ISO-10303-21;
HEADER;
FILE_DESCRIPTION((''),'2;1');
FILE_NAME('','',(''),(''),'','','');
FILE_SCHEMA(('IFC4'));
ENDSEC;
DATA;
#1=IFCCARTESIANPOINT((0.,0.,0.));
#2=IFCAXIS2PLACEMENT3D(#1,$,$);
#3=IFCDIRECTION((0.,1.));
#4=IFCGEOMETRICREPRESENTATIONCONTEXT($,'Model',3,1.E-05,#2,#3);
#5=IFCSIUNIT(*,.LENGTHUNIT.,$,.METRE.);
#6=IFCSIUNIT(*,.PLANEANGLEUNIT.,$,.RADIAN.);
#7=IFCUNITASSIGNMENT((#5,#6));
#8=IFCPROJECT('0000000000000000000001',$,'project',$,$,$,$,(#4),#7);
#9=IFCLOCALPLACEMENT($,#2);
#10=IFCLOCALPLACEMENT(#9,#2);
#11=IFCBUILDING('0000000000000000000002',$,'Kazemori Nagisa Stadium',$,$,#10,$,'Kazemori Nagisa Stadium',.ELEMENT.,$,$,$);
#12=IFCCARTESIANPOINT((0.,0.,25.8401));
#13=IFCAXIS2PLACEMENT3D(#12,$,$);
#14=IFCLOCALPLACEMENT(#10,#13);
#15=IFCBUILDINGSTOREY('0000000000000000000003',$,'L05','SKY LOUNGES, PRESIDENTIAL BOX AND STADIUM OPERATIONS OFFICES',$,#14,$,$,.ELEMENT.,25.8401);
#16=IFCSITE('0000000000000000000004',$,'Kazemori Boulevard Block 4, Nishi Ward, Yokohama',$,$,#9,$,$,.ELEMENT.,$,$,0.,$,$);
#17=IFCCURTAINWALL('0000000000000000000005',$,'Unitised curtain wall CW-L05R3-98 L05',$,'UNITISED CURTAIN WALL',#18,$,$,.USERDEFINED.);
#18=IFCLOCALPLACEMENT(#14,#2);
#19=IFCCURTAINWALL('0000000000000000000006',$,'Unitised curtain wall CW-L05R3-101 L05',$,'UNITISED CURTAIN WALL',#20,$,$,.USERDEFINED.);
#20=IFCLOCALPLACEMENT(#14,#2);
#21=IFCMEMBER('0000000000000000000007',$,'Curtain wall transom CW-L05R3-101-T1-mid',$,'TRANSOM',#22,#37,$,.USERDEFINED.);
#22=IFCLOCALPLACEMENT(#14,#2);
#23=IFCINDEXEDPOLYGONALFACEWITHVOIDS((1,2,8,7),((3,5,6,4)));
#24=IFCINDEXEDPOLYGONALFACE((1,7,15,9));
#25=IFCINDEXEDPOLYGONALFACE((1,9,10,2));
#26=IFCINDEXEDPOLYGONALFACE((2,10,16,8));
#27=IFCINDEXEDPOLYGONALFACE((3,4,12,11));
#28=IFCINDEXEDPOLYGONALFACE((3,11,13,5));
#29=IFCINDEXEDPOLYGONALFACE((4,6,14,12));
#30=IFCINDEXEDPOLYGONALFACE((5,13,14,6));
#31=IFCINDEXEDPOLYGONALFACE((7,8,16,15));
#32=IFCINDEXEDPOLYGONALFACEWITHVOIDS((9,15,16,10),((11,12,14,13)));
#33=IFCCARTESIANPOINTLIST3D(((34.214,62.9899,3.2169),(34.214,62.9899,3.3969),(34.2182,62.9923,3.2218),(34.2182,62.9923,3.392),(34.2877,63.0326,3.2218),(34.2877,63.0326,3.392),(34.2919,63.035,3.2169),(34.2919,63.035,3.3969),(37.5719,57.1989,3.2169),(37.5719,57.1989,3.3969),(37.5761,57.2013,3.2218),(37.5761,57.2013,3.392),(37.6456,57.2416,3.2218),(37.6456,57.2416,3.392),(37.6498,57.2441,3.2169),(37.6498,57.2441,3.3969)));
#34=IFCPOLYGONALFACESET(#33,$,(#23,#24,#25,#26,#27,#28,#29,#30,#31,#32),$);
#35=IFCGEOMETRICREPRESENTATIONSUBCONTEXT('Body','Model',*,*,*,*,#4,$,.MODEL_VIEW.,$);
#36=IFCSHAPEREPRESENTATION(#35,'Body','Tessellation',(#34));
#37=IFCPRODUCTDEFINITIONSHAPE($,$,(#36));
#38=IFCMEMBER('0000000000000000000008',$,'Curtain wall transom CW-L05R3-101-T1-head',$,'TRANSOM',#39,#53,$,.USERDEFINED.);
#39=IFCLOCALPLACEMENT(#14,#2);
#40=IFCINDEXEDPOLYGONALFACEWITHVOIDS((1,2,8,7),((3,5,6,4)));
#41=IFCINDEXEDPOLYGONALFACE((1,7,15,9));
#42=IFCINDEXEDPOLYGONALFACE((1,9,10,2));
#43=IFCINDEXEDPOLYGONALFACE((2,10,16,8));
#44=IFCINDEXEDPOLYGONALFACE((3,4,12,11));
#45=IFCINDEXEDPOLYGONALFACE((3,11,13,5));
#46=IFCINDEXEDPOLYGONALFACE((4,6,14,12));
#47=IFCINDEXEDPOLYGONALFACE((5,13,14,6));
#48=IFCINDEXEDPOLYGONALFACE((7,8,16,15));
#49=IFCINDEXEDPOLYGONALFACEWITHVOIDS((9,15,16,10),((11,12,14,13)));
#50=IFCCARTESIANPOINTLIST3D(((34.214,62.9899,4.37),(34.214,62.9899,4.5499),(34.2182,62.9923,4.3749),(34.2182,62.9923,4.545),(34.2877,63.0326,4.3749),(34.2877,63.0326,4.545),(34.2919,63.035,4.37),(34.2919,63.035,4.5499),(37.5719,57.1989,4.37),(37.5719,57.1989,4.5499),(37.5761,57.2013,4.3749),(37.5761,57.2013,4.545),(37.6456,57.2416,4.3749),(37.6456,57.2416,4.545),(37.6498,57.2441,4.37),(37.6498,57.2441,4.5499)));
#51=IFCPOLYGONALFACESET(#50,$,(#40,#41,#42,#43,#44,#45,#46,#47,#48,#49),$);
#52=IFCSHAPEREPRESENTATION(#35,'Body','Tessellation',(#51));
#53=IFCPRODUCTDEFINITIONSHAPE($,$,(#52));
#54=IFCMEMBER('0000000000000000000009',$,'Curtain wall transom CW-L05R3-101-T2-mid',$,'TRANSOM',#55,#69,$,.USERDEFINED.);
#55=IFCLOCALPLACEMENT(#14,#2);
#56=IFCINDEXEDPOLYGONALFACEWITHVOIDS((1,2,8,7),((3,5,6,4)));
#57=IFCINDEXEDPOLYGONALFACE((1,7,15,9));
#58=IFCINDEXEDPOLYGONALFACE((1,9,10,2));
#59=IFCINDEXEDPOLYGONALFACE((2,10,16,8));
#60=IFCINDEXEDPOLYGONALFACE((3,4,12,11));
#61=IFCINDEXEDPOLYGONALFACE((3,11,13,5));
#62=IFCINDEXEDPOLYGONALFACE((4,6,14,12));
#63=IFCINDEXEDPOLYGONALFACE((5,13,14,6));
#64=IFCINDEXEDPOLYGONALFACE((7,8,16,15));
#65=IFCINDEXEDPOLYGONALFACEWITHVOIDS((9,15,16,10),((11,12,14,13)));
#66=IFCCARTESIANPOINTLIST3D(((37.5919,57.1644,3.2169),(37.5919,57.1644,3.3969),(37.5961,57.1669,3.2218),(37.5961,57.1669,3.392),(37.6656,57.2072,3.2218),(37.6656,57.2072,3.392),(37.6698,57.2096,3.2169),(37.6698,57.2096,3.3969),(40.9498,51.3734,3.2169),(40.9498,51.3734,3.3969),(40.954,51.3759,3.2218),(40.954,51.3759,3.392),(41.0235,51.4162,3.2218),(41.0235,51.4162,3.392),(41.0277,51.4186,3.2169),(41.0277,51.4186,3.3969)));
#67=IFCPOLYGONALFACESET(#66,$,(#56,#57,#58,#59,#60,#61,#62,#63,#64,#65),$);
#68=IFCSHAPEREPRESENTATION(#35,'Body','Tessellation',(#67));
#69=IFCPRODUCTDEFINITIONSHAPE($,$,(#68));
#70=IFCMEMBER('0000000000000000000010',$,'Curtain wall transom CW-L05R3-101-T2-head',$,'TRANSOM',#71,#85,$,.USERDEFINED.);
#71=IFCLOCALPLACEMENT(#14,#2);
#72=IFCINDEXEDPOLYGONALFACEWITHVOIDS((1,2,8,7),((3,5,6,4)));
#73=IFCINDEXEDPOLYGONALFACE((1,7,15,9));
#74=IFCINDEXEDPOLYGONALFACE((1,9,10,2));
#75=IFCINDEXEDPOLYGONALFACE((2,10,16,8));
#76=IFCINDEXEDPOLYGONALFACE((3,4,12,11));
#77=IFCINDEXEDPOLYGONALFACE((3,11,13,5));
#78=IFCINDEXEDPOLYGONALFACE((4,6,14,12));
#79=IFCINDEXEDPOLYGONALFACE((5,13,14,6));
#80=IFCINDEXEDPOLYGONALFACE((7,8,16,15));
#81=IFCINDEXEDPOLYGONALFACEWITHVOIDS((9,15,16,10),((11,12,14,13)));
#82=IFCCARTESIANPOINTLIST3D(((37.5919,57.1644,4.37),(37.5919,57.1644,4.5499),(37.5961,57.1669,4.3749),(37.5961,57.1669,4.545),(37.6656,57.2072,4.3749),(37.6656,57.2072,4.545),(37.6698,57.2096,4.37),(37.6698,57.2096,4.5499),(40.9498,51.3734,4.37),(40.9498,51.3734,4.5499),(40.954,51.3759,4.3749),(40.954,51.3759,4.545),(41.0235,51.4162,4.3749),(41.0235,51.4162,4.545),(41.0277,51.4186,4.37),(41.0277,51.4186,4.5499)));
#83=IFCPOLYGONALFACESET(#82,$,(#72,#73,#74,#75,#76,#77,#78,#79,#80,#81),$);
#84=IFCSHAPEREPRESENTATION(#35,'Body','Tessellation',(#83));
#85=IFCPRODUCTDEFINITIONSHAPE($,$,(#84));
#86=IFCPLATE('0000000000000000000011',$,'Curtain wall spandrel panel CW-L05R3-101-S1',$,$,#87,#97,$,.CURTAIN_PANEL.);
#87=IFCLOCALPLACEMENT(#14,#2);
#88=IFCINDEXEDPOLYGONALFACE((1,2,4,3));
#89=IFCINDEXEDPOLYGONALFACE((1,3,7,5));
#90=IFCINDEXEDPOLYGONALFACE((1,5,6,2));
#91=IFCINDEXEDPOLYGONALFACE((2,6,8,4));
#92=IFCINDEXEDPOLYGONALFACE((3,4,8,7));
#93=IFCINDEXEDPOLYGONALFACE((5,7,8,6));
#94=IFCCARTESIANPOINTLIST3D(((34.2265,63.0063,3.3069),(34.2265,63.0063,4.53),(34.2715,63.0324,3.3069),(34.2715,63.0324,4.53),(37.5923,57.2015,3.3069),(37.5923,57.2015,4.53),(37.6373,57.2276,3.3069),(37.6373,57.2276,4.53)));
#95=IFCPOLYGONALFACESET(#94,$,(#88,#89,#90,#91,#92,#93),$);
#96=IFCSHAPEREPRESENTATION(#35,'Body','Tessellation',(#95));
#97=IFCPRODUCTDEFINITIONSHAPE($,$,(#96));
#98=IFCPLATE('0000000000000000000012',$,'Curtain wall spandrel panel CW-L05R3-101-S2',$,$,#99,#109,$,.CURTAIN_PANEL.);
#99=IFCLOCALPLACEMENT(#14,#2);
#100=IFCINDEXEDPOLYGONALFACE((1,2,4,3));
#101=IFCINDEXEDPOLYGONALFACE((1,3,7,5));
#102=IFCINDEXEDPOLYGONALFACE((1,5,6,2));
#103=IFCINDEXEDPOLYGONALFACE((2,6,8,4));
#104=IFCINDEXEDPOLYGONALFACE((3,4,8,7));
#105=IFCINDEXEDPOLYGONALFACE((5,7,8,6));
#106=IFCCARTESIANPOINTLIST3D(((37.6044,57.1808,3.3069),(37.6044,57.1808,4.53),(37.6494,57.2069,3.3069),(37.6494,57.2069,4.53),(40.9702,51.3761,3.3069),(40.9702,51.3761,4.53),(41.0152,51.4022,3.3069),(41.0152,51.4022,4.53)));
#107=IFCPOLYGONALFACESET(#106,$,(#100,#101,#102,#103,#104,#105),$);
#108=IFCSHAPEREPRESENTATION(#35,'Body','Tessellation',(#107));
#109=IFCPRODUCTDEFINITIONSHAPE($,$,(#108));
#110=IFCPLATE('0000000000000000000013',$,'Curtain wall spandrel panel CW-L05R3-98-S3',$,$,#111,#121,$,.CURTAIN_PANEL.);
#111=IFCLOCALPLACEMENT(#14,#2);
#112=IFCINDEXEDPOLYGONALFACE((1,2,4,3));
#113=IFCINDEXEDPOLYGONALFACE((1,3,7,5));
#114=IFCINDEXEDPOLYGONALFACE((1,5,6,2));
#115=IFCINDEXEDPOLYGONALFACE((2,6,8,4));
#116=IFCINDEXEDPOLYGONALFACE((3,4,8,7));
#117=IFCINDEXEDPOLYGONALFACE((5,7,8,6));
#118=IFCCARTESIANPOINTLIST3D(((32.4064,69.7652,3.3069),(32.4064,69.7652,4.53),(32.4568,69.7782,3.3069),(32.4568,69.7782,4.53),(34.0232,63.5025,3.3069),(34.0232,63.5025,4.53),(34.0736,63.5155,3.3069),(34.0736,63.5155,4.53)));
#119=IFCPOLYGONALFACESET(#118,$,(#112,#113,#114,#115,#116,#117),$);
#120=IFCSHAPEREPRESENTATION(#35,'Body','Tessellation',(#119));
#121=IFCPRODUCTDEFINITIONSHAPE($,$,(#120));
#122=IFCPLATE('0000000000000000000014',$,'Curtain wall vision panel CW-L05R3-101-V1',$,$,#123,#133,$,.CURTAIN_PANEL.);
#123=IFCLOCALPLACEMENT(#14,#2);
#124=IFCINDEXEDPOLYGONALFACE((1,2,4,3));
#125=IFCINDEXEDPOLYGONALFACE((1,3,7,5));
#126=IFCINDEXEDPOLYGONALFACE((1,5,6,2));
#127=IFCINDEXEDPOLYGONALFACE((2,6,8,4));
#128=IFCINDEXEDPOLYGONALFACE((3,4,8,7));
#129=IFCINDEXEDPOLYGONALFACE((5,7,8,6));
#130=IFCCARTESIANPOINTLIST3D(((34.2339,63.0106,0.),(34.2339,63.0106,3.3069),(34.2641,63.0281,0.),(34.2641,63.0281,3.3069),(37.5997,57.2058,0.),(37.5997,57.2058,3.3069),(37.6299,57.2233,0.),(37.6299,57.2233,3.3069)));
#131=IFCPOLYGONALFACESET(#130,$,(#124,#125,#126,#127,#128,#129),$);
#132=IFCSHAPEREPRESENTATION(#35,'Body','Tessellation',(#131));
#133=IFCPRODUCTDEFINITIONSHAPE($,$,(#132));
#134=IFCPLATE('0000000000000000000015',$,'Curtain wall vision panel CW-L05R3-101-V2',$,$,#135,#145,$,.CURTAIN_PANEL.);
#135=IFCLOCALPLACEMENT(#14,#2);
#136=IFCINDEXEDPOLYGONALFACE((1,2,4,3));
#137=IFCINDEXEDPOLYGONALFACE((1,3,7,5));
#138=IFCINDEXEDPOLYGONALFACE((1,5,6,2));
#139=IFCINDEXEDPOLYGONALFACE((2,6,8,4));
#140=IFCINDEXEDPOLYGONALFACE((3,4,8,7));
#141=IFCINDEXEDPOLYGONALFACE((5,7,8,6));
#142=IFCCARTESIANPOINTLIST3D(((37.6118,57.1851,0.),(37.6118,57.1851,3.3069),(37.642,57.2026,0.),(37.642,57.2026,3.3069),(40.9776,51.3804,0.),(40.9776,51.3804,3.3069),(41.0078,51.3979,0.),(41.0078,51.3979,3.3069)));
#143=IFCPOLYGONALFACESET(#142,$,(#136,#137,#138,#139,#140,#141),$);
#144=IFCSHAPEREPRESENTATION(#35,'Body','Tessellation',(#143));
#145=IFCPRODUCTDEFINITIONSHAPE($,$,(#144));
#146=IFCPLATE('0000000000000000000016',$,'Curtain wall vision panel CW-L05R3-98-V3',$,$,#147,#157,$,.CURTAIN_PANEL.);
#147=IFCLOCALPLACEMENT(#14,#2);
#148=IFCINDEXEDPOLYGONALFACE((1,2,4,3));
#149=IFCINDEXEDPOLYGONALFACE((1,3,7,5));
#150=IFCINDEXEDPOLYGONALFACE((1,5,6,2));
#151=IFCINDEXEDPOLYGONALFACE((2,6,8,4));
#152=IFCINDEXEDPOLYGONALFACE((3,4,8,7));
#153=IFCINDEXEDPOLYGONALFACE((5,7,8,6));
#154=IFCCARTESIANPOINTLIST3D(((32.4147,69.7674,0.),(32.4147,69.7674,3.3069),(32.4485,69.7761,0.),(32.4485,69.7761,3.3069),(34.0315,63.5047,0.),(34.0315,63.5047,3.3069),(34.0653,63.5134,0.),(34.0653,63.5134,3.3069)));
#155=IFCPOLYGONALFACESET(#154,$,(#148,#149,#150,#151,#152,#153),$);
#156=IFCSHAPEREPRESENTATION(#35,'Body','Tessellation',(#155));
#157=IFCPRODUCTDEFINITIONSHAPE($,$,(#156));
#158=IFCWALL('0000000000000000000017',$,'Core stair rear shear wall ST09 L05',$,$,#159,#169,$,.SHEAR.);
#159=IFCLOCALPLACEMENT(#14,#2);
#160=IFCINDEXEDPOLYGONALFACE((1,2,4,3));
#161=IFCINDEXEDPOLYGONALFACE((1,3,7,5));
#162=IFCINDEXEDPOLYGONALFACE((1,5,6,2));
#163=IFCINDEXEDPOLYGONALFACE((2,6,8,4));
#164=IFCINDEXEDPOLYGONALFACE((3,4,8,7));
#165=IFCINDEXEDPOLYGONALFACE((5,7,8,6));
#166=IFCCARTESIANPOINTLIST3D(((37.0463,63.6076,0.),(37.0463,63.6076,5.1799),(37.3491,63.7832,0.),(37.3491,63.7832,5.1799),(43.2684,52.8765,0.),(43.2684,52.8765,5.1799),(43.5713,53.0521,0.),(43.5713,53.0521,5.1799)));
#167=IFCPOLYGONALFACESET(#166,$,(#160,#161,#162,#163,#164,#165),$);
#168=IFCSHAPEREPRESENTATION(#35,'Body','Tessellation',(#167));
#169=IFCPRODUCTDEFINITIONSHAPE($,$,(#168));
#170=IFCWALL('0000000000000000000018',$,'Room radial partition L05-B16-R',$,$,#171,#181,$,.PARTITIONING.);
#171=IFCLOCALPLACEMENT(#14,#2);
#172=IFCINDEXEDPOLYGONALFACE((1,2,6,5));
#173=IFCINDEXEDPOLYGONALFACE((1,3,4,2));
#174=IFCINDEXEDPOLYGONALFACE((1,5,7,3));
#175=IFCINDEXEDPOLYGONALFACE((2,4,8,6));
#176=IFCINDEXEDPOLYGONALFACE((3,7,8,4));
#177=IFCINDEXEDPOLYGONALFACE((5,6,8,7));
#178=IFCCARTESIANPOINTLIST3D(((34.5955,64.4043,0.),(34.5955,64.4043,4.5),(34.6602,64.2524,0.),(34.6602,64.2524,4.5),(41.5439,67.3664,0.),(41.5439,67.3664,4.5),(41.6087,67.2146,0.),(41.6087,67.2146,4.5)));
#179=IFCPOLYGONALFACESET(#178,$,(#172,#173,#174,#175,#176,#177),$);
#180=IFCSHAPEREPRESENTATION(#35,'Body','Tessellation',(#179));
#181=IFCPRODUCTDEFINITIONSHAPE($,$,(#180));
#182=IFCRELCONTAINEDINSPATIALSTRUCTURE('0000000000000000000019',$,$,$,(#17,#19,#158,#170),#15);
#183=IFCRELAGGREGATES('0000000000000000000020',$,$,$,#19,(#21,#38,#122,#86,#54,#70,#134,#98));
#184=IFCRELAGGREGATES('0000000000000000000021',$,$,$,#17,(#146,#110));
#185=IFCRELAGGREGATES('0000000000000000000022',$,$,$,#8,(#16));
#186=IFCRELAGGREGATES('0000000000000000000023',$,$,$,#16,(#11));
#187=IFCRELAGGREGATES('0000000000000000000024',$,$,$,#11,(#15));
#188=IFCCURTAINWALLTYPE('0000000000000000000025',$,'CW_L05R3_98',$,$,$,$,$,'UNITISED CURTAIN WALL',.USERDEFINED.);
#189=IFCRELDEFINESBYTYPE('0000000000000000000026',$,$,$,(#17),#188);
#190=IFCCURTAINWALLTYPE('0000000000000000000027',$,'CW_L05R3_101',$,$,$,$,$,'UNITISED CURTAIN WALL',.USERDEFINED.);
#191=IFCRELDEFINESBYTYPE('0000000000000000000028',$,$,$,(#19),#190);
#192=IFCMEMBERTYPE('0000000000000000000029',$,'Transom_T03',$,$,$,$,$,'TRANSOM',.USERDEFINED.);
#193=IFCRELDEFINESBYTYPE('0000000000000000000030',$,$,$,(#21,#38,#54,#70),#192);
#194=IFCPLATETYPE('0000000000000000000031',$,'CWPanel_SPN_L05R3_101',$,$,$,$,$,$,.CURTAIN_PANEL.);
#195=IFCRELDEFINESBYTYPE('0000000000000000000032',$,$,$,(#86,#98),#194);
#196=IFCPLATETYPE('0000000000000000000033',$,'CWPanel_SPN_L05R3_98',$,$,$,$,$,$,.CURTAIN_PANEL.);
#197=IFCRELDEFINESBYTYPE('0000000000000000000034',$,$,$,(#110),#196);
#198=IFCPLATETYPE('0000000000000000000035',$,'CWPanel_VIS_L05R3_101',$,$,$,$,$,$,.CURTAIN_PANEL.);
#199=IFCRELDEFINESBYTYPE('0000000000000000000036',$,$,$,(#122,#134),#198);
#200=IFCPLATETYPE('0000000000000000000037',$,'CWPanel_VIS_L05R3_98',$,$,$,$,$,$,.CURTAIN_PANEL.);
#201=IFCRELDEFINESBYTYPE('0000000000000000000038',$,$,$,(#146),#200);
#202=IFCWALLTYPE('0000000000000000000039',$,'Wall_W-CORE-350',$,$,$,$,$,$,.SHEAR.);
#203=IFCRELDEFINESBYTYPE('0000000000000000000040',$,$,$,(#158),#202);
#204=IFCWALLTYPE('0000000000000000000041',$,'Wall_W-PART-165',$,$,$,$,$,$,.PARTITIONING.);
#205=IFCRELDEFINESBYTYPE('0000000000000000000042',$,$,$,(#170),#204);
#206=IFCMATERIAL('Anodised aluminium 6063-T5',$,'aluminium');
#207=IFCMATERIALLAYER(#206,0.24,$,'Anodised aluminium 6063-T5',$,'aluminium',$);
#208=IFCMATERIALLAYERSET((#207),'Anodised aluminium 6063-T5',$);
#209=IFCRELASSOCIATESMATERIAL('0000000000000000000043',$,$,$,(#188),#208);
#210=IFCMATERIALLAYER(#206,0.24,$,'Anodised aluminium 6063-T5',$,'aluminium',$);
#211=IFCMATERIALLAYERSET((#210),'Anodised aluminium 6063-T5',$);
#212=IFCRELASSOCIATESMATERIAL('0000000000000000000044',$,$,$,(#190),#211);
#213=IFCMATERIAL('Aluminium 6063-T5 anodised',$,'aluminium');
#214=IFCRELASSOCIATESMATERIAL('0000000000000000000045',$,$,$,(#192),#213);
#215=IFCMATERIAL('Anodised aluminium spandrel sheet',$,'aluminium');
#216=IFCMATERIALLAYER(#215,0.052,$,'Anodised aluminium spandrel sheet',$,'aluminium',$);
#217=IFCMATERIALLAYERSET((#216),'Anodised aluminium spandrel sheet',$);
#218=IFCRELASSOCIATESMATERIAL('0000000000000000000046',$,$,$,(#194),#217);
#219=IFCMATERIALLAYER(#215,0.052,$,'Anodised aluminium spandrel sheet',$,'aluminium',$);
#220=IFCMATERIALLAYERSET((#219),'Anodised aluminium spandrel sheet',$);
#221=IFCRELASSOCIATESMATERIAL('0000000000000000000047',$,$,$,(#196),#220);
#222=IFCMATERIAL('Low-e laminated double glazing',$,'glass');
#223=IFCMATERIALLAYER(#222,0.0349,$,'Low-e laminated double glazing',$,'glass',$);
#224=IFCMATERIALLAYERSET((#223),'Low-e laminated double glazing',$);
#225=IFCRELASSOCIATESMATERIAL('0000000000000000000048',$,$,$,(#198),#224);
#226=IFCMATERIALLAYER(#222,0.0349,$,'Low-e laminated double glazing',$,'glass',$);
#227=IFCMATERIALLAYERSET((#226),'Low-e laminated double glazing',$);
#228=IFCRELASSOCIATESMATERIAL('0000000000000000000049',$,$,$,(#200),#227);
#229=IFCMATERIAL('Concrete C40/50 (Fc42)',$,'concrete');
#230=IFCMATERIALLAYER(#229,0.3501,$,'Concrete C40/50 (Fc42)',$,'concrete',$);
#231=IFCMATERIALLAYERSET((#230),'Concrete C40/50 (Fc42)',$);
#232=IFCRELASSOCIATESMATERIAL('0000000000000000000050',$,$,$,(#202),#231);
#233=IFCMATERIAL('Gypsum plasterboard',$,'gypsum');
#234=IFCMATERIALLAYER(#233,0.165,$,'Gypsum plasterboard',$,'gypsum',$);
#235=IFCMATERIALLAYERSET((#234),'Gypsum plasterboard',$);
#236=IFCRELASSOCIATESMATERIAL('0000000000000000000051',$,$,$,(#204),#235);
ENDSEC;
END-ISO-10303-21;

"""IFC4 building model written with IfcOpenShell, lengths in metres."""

from ifc_helpers import new_model, si_unit, direction, frame, frame_2d, origin, origin_2d, place, context, subcontext, project, spatial, rectangle, hollow_rectangle, extrude, material, layer, layer_set, material_profile, profile_set, type_object, element, aggregate, save


model = new_model("IFC4")

# Units and contexts
model_context = context("Model", 3, precision=1e-05, world=origin(), true_north=direction((0.0, 1.0)))
body_context = subcontext(model_context, "Body", "Model", "MODEL_VIEW")
ifc_project = project(units=[si_unit("LENGTHUNIT", "METRE"), si_unit("PLANEANGLEUNIT", "RADIAN")], contexts=[model_context])

# Site, building, storey
site_placement = place(None, origin())
site = spatial("IfcSite", under=ifc_project, at=site_placement, Name="Kazemori Boulevard Block 4, Nishi Ward, Yokohama", CompositionType="ELEMENT", RefElevation=0.0)
building_placement = place(site_placement, origin())
building = spatial("IfcBuilding", under=site, at=building_placement, Name="Kazemori Nagisa Stadium", LongName="Kazemori Nagisa Stadium", CompositionType="ELEMENT")
storey_placement = place(building_placement, frame((0.0, 0.0, 25.8401)))
storey = spatial("IfcBuildingStorey", under=building, at=storey_placement, Name="L05", Description="SKY LOUNGES, PRESIDENTIAL BOX AND STADIUM OPERATIONS OFFICES", CompositionType="ELEMENT", Elevation=25.8401)

# Curtain wall
ifc_material_1 = material(Name="Anodised aluminium 6063-T5", Category="aluminium")
ifc_layer_1 = layer(ifc_material_1, 0.24, Name="Anodised aluminium 6063-T5", Category="aluminium")
ifc_layer_set_1 = layer_set([ifc_layer_1], Name="Anodised aluminium 6063-T5")
curtain_wall_type_1 = type_object("IfcCurtainWallType", Name="CW_L05R3_98", ElementType="UNITISED CURTAIN WALL", PredefinedType="USERDEFINED", material=ifc_layer_set_1)
curtain_wall_1_placement = place(storey_placement, origin())
curtain_wall_1 = element("IfcCurtainWall", 1, at=curtain_wall_1_placement, inside=storey, type_object=curtain_wall_type_1, Name="Unitised curtain wall CW-L05R3-98 L05", ObjectType="UNITISED CURTAIN WALL", PredefinedType="USERDEFINED")
ifc_material_2 = material(Name="Aluminium 6063-T5 anodised", Category="aluminium")

# Curtain wall
ifc_layer_2 = layer(ifc_material_1, 0.24, Name="Anodised aluminium 6063-T5", Category="aluminium")
ifc_layer_set_2 = layer_set([ifc_layer_2], Name="Anodised aluminium 6063-T5")
curtain_wall_type_2 = type_object("IfcCurtainWallType", Name="CW_L05R3_101", ElementType="UNITISED CURTAIN WALL", PredefinedType="USERDEFINED", material=ifc_layer_set_2)
curtain_wall_2_placement = place(storey_placement, origin())
curtain_wall_2 = element("IfcCurtainWall", 2, at=curtain_wall_2_placement, inside=storey, type_object=curtain_wall_type_2, Name="Unitised curtain wall CW-L05R3-101 L05", ObjectType="UNITISED CURTAIN WALL", PredefinedType="USERDEFINED")

# Members
ifc_material_profile_1 = material_profile(ifc_material_2, hollow_rectangle(XDim=0.0901, YDim=0.1799, WallThickness=0.0049, at=origin_2d()), Name="ALU-TRAN-90x180x5")
ifc_profile_set_1 = profile_set([ifc_material_profile_1], Name="Aluminium 6063-T5 anodised")
member_type_1 = type_object("IfcMemberType", Name="Transom_T03", ElementType="TRANSOM", PredefinedType="USERDEFINED", material=ifc_profile_set_1)
member_1_placement = place(storey_placement, frame((34.2529, 63.0125, 3.3069), z_axis=(0.50162, -0.865088, 0.0), x_axis=(0.865088, 0.50162, 0.0)))
member_1 = element("IfcMember", 3, at=member_1_placement, type_object=member_type_1, Name="Curtain wall transom CW-L05R3-101-T1-mid", ObjectType="TRANSOM", PredefinedType="USERDEFINED", context=body_context, shape_type="SweptSolid", body=[
    extrude(hollow_rectangle(XDim=0.0901, YDim=0.1799, WallThickness=0.0049, at=origin_2d()), origin(), (0.0, 0.0, 1.0), 6.6941),
])
member_2_placement = place(storey_placement, frame((34.2529, 63.0125, 4.46), z_axis=(0.50162, -0.865088, 0.0), x_axis=(0.865088, 0.50162, 0.0)))
member_2 = element("IfcMember", 4, at=member_2_placement, type_object=member_type_1, Name="Curtain wall transom CW-L05R3-101-T1-head", ObjectType="TRANSOM", PredefinedType="USERDEFINED", context=body_context, shape_type="SweptSolid", body=[
    extrude(hollow_rectangle(XDim=0.0901, YDim=0.1799, WallThickness=0.0049, at=origin_2d()), origin(), (0.0, 0.0, 1.0), 6.6941),
])
member_3_placement = place(storey_placement, frame((37.6309, 57.187, 3.3069), z_axis=(0.50162, -0.865088, 0.0), x_axis=(0.865088, 0.50162, 0.0)))
member_3 = element("IfcMember", 5, at=member_3_placement, type_object=member_type_1, Name="Curtain wall transom CW-L05R3-101-T2-mid", ObjectType="TRANSOM", PredefinedType="USERDEFINED", context=body_context, shape_type="SweptSolid", body=[
    extrude(hollow_rectangle(XDim=0.0901, YDim=0.1799, WallThickness=0.0049, at=origin_2d()), origin(), (0.0, 0.0, 1.0), 6.6941),
])
member_4_placement = place(storey_placement, frame((37.6309, 57.187, 4.46), z_axis=(0.50162, -0.865088, 0.0), x_axis=(0.865088, 0.50162, 0.0)))
member_4 = element("IfcMember", 6, at=member_4_placement, type_object=member_type_1, Name="Curtain wall transom CW-L05R3-101-T2-head", ObjectType="TRANSOM", PredefinedType="USERDEFINED", context=body_context, shape_type="SweptSolid", body=[
    extrude(hollow_rectangle(XDim=0.0901, YDim=0.1799, WallThickness=0.0049, at=origin_2d()), origin(), (0.0, 0.0, 1.0), 6.6941),
])

# Plates
ifc_material_3 = material(Name="Anodised aluminium spandrel sheet", Category="aluminium")
ifc_layer_3 = layer(ifc_material_3, 0.052, Name="Anodised aluminium spandrel sheet", Category="aluminium")
ifc_layer_set_3 = layer_set([ifc_layer_3], Name="Anodised aluminium spandrel sheet")
plate_type_1 = type_object("IfcPlateType", Name="CWPanel_SPN_L05R3_101", PredefinedType="CURTAIN_PANEL", material=ifc_layer_set_3)
plate_1_placement = place(storey_placement, frame((35.9319, 60.1169, 3.3069), z_axis=(0.0, 0.0, 1.0), x_axis=(0.501612, -0.865093, 0.0)))
plate_1 = element("IfcPlate", 7, at=plate_1_placement, type_object=plate_type_1, Name="Curtain wall spandrel panel CW-L05R3-101-S1", PredefinedType="CURTAIN_PANEL", context=body_context, shape_type="SweptSolid", body=[
    extrude(rectangle(XDim=6.71, YDim=0.052, at=origin_2d()), origin(), (0.0, 0.0, 1.0), 1.2231),
])
plate_2_placement = place(storey_placement, frame((39.3098, 54.2915, 3.3069), z_axis=(0.0, 0.0, 1.0), x_axis=(0.501612, -0.865093, 0.0)))
plate_2 = element("IfcPlate", 8, at=plate_2_placement, type_object=plate_type_1, Name="Curtain wall spandrel panel CW-L05R3-101-S2", PredefinedType="CURTAIN_PANEL", context=body_context, shape_type="SweptSolid", body=[
    extrude(rectangle(XDim=6.71, YDim=0.052, at=origin_2d()), origin(), (0.0, 0.0, 1.0), 1.2231),
])
ifc_layer_4 = layer(ifc_material_3, 0.052, Name="Anodised aluminium spandrel sheet", Category="aluminium")
ifc_layer_set_4 = layer_set([ifc_layer_4], Name="Anodised aluminium spandrel sheet")
plate_type_2 = type_object("IfcPlateType", Name="CWPanel_SPN_L05R3_98", PredefinedType="CURTAIN_PANEL", material=ifc_layer_set_4)
plate_3_placement = place(storey_placement, frame((33.24, 66.6404, 3.3069), z_axis=(0.0, 0.0, 1.0), x_axis=(0.249965, -0.968255, 0.0)))
plate_3 = element("IfcPlate", 9, at=plate_3_placement, type_object=plate_type_2, Name="Curtain wall spandrel panel CW-L05R3-98-S3", PredefinedType="CURTAIN_PANEL", context=body_context, shape_type="SweptSolid", body=[
    extrude(rectangle(XDim=6.468, YDim=0.052, at=origin_2d()), origin(), (0.0, 0.0, 1.0), 1.2231),
])
ifc_material_4 = material(Name="Low-e laminated double glazing", Category="glass")
ifc_layer_5 = layer(ifc_material_4, 0.0349, Name="Low-e laminated double glazing", Category="glass")
ifc_layer_set_5 = layer_set([ifc_layer_5], Name="Low-e laminated double glazing")
plate_type_3 = type_object("IfcPlateType", Name="CWPanel_VIS_L05R3_101", PredefinedType="CURTAIN_PANEL", material=ifc_layer_set_5)
plate_4_placement = place(storey_placement, frame((35.9319, 60.1169, 0.0), z_axis=(0.0, 0.0, 1.0), x_axis=(0.501612, -0.865093, 0.0)))
plate_4 = element("IfcPlate", 10, at=plate_4_placement, type_object=plate_type_3, Name="Curtain wall vision panel CW-L05R3-101-V1", PredefinedType="CURTAIN_PANEL", context=body_context, shape_type="SweptSolid", body=[
    extrude(rectangle(XDim=6.71, YDim=0.0349, at=origin_2d()), origin(), (0.0, 0.0, 1.0), 3.3069),
])
plate_5_placement = place(storey_placement, frame((39.3098, 54.2915, 0.0), z_axis=(0.0, 0.0, 1.0), x_axis=(0.501612, -0.865093, 0.0)))
plate_5 = element("IfcPlate", 11, at=plate_5_placement, type_object=plate_type_3, Name="Curtain wall vision panel CW-L05R3-101-V2", PredefinedType="CURTAIN_PANEL", context=body_context, shape_type="SweptSolid", body=[
    extrude(rectangle(XDim=6.71, YDim=0.0349, at=origin_2d()), origin(), (0.0, 0.0, 1.0), 3.3069),
])
aggregate(curtain_wall_2, [member_1, member_2, plate_4, plate_1, member_3, member_4, plate_5, plate_2])
ifc_layer_6 = layer(ifc_material_4, 0.0349, Name="Low-e laminated double glazing", Category="glass")
ifc_layer_set_6 = layer_set([ifc_layer_6], Name="Low-e laminated double glazing")
plate_type_4 = type_object("IfcPlateType", Name="CWPanel_VIS_L05R3_98", PredefinedType="CURTAIN_PANEL", material=ifc_layer_set_6)
plate_6_placement = place(storey_placement, frame((33.24, 66.6404, 0.0), z_axis=(0.0, 0.0, 1.0), x_axis=(0.249965, -0.968255, 0.0)))
plate_6 = element("IfcPlate", 12, at=plate_6_placement, type_object=plate_type_4, Name="Curtain wall vision panel CW-L05R3-98-V3", PredefinedType="CURTAIN_PANEL", context=body_context, shape_type="SweptSolid", body=[
    extrude(rectangle(XDim=6.468, YDim=0.0349, at=origin_2d()), origin(), (0.0, 0.0, 1.0), 3.3069),
])
aggregate(curtain_wall_1, [plate_6, plate_3])

# Walls
ifc_material_5 = material(Name="Concrete C40/50 (Fc42)", Category="concrete")
ifc_layer_7 = layer(ifc_material_5, 0.3501, Name="Concrete C40/50 (Fc42)", Category="concrete")
ifc_layer_set_7 = layer_set([ifc_layer_7], Name="Concrete C40/50 (Fc42)")
wall_type_1 = type_object("IfcWallType", Name="Wall_W-CORE-350", PredefinedType="SHEAR", material=ifc_layer_set_7)
wall_1_placement = place(storey_placement, frame((37.1978, 63.6953, 0.0), z_axis=(0.0, 0.0, 1.0), x_axis=(0.501602, -0.865099, 0.0)))
element("IfcWall", 13, at=wall_1_placement, inside=storey, type_object=wall_type_1, Name="Core stair rear shear wall ST09 L05", PredefinedType="SHEAR", context=body_context, shape_type="SweptSolid", body=[
    extrude(rectangle(XDim=12.4045, YDim=0.3501, at=frame_2d((6.2021, 0.0))), origin(), (0.0, 0.0, 1.0), 5.1799),
])
ifc_material_6 = material(Name="Gypsum plasterboard", Category="gypsum")
ifc_layer_8 = layer(ifc_material_6, 0.165, Name="Gypsum plasterboard", Category="gypsum")
ifc_layer_set_8 = layer_set([ifc_layer_8], Name="Gypsum plasterboard")
wall_type_2 = type_object("IfcWallType", Name="Wall_W-PART-165", PredefinedType="PARTITIONING", material=ifc_layer_set_8)
wall_2_placement = place(storey_placement, frame((41.5764, 67.2905, 0.0), z_axis=(0.0, 0.0, 1.0), x_axis=(-0.919899, -0.392155, 0.0)))
element("IfcWall", 14, at=wall_2_placement, inside=storey, type_object=wall_type_2, Name="Room radial partition L05-B16-R", PredefinedType="PARTITIONING", context=body_context, shape_type="SweptSolid", body=[
    extrude(rectangle(XDim=7.5535, YDim=0.165, at=frame_2d((3.7769, 0.0))), origin(), (0.0, 0.0, 1.0), 4.5),
])

save(model, "model.ifc")
